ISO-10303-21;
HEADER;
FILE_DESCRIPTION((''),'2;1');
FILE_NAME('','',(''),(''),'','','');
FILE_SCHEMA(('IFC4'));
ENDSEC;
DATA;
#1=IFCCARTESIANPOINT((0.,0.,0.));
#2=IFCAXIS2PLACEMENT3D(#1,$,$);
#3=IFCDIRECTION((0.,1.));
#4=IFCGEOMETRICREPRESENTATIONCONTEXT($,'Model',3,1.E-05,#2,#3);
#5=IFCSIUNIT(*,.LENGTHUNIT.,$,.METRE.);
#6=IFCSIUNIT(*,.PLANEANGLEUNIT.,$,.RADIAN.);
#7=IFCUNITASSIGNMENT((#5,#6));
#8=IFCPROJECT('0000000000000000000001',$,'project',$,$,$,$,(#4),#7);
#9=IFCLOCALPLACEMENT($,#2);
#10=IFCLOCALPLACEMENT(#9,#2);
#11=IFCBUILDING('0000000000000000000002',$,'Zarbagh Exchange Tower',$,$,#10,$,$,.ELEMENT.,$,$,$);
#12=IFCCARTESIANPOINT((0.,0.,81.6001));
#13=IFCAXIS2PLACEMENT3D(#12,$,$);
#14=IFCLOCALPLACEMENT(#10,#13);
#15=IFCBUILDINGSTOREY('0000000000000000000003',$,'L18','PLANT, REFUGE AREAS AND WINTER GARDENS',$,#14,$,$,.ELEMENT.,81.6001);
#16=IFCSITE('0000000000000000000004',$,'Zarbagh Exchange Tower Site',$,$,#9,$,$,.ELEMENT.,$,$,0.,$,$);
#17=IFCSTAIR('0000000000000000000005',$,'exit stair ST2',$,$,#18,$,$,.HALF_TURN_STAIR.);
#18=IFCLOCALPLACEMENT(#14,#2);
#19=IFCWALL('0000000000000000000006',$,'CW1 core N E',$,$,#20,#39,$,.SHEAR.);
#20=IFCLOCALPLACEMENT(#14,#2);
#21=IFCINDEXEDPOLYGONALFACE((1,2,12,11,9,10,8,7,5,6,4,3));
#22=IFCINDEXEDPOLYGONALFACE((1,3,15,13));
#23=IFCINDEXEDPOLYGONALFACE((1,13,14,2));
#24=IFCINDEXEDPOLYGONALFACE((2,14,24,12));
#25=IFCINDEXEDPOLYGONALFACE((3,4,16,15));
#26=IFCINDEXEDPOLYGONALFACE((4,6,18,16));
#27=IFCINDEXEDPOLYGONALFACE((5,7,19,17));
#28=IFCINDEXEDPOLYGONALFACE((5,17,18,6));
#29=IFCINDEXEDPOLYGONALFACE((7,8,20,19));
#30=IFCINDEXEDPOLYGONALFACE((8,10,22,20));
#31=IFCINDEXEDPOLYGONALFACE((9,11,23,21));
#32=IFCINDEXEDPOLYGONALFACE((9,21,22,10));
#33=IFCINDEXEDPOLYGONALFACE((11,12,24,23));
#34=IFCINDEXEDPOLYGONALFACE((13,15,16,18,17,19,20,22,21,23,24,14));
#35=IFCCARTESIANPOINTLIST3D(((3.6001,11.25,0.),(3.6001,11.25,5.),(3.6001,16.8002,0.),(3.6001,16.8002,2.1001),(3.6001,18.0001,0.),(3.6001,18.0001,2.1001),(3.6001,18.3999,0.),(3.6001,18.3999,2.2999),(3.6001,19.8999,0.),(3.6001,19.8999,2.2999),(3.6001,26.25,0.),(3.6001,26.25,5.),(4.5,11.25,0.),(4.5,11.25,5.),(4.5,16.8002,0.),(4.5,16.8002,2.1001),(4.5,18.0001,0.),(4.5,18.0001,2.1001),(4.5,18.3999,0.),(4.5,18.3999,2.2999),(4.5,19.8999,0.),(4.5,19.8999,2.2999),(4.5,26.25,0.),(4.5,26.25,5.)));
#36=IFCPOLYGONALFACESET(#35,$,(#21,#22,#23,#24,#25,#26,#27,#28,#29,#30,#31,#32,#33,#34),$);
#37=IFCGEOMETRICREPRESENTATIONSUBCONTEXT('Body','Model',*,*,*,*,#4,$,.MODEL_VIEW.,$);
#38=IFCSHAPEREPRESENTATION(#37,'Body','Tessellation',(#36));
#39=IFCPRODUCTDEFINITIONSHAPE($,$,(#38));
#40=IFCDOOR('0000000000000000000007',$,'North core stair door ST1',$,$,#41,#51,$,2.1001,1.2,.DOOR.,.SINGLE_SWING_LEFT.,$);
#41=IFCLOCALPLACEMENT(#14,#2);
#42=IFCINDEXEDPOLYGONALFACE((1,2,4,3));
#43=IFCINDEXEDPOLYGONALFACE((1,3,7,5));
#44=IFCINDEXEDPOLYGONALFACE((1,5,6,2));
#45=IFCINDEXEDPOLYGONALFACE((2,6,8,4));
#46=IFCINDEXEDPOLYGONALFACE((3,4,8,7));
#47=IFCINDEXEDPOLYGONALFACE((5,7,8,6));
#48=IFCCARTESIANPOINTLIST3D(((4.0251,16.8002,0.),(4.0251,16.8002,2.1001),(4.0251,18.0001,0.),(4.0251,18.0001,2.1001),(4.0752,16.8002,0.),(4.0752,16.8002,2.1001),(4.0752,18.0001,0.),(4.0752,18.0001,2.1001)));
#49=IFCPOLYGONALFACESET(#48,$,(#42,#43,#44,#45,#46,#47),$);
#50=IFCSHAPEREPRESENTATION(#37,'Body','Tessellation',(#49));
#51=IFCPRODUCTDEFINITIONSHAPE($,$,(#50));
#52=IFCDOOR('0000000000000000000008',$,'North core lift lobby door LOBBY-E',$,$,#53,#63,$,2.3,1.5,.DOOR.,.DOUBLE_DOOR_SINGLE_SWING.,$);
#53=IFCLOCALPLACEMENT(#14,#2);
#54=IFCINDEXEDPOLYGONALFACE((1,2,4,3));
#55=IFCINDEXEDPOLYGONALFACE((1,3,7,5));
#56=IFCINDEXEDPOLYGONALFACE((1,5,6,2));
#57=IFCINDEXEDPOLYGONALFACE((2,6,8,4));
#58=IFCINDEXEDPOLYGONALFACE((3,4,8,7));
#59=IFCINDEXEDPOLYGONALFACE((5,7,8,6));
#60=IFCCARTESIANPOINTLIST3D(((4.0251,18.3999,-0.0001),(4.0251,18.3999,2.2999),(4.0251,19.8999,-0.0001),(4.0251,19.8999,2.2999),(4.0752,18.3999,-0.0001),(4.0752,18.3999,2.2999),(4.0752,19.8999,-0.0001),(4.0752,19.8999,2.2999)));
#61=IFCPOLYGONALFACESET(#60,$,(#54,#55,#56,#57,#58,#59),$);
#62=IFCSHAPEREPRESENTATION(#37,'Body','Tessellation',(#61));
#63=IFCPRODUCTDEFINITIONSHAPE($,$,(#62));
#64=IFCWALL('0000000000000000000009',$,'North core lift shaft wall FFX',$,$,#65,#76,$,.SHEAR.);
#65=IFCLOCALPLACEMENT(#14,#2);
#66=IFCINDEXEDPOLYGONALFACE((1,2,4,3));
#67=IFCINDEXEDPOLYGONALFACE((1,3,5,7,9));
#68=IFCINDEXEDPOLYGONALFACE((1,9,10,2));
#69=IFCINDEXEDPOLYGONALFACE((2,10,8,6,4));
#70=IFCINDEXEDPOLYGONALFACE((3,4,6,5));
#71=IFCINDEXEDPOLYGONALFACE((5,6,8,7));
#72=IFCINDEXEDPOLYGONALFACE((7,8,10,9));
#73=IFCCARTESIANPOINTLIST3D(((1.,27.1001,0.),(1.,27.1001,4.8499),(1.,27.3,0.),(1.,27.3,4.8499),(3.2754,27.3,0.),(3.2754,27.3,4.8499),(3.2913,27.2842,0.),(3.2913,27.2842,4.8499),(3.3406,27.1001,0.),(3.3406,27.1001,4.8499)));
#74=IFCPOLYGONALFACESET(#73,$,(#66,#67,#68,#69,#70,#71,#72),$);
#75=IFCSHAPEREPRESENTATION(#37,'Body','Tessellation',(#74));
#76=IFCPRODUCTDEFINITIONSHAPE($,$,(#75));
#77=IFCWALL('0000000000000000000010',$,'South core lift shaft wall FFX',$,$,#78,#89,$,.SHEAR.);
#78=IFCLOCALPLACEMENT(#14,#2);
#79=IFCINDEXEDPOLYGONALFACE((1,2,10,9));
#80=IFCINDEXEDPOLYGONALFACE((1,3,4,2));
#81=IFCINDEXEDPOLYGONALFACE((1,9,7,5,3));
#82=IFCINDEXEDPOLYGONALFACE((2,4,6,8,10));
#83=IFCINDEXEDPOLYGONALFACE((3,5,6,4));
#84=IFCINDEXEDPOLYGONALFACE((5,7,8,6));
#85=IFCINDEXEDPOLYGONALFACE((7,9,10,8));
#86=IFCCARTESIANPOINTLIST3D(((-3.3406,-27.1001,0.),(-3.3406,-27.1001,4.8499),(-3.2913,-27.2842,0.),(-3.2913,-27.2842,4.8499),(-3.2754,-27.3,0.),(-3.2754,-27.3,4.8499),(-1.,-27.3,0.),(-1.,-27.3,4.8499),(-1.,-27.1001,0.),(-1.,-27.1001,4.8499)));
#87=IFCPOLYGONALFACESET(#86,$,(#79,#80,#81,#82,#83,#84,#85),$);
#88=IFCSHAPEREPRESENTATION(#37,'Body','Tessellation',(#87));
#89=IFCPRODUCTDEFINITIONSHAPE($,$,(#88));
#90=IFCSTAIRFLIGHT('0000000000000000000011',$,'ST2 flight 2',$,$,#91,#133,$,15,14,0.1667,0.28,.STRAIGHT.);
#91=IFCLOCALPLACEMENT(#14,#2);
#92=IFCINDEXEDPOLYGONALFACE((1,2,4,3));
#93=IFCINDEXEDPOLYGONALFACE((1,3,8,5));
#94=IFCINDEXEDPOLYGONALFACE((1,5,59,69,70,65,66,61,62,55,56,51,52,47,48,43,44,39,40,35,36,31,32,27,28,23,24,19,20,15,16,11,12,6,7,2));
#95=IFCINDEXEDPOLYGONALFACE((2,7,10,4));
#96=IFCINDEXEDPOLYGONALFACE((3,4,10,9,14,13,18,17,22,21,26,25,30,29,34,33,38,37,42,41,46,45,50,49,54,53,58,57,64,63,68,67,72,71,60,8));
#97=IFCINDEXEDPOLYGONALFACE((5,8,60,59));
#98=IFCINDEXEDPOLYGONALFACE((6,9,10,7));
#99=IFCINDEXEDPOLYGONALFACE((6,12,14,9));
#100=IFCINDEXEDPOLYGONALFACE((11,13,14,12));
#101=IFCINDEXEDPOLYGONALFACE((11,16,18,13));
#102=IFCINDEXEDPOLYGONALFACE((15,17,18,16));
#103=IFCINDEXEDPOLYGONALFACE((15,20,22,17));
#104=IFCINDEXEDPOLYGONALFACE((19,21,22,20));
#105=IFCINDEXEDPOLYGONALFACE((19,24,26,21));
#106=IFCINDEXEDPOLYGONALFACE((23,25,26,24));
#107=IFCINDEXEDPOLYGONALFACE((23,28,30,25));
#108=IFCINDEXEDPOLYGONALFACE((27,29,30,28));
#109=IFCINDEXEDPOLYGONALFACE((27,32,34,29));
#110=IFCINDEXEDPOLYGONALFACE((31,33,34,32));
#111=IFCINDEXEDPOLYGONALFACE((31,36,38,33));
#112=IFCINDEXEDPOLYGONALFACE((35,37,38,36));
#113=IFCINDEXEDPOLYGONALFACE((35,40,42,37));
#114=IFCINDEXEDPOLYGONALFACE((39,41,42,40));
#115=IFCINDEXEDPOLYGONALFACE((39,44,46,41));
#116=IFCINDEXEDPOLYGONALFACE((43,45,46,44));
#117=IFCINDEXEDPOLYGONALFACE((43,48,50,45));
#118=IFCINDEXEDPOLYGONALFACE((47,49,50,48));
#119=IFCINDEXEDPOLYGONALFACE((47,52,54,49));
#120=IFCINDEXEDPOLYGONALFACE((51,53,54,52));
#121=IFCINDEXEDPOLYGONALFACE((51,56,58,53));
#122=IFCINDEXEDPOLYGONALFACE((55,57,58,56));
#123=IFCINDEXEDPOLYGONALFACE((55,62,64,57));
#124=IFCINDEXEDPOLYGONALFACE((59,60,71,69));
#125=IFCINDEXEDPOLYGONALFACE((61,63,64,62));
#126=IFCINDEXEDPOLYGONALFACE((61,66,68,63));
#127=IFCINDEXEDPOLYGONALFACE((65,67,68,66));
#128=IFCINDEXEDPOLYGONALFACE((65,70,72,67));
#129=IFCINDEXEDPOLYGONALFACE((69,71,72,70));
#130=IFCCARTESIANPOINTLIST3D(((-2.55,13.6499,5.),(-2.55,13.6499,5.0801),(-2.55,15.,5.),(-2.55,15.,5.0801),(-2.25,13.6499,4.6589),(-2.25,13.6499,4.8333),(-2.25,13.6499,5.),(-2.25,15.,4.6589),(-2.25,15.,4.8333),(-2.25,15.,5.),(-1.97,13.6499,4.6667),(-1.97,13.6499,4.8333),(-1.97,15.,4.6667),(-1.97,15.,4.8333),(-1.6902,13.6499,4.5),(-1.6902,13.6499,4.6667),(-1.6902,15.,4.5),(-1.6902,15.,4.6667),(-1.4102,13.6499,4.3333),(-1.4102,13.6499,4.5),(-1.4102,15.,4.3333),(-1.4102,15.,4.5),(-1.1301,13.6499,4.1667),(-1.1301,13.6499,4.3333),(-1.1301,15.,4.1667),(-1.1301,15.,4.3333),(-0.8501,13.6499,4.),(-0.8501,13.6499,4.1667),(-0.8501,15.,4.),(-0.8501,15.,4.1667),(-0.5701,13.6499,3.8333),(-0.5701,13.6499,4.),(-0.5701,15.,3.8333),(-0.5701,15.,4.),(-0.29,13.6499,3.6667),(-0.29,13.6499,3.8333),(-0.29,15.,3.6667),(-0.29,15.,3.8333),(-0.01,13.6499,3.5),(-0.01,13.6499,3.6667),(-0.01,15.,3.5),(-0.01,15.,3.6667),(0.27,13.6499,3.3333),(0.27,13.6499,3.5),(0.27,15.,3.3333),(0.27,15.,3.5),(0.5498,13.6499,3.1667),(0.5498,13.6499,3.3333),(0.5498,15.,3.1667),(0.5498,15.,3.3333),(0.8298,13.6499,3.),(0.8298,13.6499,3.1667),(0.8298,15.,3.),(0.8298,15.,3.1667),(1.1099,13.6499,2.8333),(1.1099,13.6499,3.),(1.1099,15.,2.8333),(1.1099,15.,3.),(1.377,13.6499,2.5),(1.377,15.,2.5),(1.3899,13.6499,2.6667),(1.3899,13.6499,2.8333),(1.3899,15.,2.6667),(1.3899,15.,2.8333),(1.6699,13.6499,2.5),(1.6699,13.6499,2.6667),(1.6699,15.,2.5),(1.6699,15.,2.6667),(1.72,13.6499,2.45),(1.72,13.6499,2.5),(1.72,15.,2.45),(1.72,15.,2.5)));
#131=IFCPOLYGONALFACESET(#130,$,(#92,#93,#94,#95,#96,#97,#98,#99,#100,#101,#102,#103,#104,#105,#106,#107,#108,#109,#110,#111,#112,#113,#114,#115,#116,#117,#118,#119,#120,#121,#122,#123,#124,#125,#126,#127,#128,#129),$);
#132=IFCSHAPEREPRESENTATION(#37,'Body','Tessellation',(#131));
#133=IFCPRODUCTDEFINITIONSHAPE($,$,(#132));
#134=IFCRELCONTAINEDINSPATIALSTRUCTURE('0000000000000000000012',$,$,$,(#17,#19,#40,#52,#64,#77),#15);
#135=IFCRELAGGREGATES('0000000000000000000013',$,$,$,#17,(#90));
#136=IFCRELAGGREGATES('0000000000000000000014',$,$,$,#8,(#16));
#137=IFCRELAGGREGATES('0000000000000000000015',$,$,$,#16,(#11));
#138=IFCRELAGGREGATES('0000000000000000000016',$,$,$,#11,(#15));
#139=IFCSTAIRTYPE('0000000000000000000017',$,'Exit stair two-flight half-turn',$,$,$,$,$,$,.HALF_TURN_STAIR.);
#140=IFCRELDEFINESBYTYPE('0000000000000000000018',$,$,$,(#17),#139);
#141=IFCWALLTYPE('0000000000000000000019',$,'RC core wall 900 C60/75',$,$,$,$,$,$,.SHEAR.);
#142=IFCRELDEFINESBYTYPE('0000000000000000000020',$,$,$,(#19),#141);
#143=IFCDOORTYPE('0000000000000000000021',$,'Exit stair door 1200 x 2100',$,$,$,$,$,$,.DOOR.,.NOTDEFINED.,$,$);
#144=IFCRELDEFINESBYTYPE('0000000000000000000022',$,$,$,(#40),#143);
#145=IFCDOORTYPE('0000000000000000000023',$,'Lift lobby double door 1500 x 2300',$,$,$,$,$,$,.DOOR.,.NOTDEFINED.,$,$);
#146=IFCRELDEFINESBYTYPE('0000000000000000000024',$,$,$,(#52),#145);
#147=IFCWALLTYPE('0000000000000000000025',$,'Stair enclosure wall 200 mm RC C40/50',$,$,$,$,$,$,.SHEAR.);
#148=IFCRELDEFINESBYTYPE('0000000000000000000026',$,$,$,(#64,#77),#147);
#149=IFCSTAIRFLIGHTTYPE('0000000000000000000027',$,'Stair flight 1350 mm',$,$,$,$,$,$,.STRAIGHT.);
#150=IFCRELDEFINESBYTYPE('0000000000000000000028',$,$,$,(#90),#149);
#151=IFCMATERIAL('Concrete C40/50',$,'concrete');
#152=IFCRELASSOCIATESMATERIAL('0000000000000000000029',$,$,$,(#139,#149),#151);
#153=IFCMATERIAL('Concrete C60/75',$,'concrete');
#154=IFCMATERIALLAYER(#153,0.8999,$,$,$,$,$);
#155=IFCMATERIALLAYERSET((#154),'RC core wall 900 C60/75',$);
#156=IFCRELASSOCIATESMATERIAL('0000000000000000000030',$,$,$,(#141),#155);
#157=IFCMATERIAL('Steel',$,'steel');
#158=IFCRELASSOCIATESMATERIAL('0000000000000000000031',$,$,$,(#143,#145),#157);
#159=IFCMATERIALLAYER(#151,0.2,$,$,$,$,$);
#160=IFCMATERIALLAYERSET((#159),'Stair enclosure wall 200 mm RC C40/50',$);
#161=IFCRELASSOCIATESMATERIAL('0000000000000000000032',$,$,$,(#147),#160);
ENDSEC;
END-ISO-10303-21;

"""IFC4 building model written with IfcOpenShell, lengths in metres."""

from ifc_helpers import new_model, si_unit, direction, frame, frame_2d, origin, place, context, subcontext, project, spatial, polyline, rectangle, outline, extrude, material, layer, layer_set, type_object, element, fill, aggregate, save


model = new_model("IFC4")

# Units and contexts
model_context = context("Model", 3, precision=1e-05, world=origin(), true_north=direction((0.0, 1.0)))
body_context = subcontext(model_context, "Body", "Model", "MODEL_VIEW")
ifc_project = project(units=[si_unit("LENGTHUNIT", "METRE"), si_unit("PLANEANGLEUNIT", "RADIAN")], contexts=[model_context])

# Site, building, storey
site_placement = place(None, origin())
site = spatial("IfcSite", under=ifc_project, at=site_placement, Name="Zarbagh Exchange Tower Site", CompositionType="ELEMENT", RefElevation=0.0)
building_placement = place(site_placement, origin())
building = spatial("IfcBuilding", under=site, at=building_placement, Name="Zarbagh Exchange Tower", CompositionType="ELEMENT")
storey_placement = place(building_placement, frame((0.0, 0.0, 81.6001)))
storey = spatial("IfcBuildingStorey", under=building, at=storey_placement, Name="L18", Description="PLANT, REFUGE AREAS AND WINTER GARDENS", CompositionType="ELEMENT", Elevation=81.6001)

# Shared definitions
ifc_material_1 = material(Name="Concrete C60/75", Category="concrete")

# Stair
ifc_material_2 = material(Name="Concrete C40/50", Category="concrete")
stair_type = type_object("IfcStairType", Name="Exit stair two-flight half-turn", PredefinedType="HALF_TURN_STAIR", material=ifc_material_2)
stair_1_placement = place(storey_placement, origin())
stair_1 = element("IfcStair", 1, at=stair_1_placement, inside=storey, type_object=stair_type, Name="exit stair ST2", PredefinedType="HALF_TURN_STAIR")

# Wall, openings, doors
ifc_layer_1 = layer(ifc_material_1, 0.8999)
ifc_layer_set_1 = layer_set([ifc_layer_1], Name="RC core wall 900 C60/75")
wall_type_1 = type_object("IfcWallType", Name="RC core wall 900 C60/75", PredefinedType="SHEAR", material=ifc_layer_set_1)
wall_1_placement = place(storey_placement, frame((4.05, 11.25, 0.0), z_axis=(0.0, 0.0, 1.0), x_axis=(0.0, 1.0, 0.0)))
wall_1 = element("IfcWall", 2, at=wall_1_placement, inside=storey, type_object=wall_type_1, Name="CW1 core N E", PredefinedType="SHEAR", context=body_context, shape_type="SweptSolid", body=[
    extrude(rectangle(XDim=15.0, YDim=0.8999, at=frame_2d((7.5, 0.0))), origin(), (0.0, 0.0, 1.0), 5.0),
])
opening_1_placement = place(wall_1_placement, frame((7.1499, 0.0, 0.0)))
opening_1 = element("IfcOpeningElement", 3, at=opening_1_placement, cuts=wall_1, PredefinedType="OPENING", context=body_context, shape_type="SweptSolid", body=[
    extrude(rectangle(XDim=1.5, YDim=2.3, at=frame_2d((0.75, 1.1499))), frame((0.0, 0.46, 0.0), z_axis=(0.0, -1.0, 0.0), x_axis=(1.0, 0.0, 0.0)), (0.0, 0.0, 1.0), 0.9199),
])
opening_2_placement = place(wall_1_placement, frame((5.55, 0.0, 0.0)))
opening_2 = element("IfcOpeningElement", 4, at=opening_2_placement, cuts=wall_1, PredefinedType="OPENING", context=body_context, shape_type="SweptSolid", body=[
    extrude(rectangle(XDim=1.2, YDim=2.1001, at=frame_2d((0.6001, 1.05))), frame((0.0, 0.46, 0.0), z_axis=(0.0, -1.0, 0.0), x_axis=(1.0, 0.0, 0.0)), (0.0, 0.0, 1.0), 0.9199),
])
ifc_material_3 = material(Name="Steel", Category="steel")
door_type_1 = type_object("IfcDoorType", Name="Exit stair door 1200 x 2100", OperationType="NOTDEFINED", PredefinedType="DOOR", material=ifc_material_3)
door_1_placement = place(opening_2_placement, origin())
door_1 = element("IfcDoor", 5, at=door_1_placement, inside=storey, type_object=door_type_1, Name="North core stair door ST1", OperationType="SINGLE_SWING_LEFT", OverallHeight=2.1001, OverallWidth=1.2, PredefinedType="DOOR", context=body_context, shape_type="SweptSolid", body=[
    extrude(rectangle(XDim=1.2, YDim=2.1001, at=frame_2d((0.6001, 1.05))), frame((0.0, 0.0249, 0.0), z_axis=(0.0, -1.0, 0.0), x_axis=(1.0, 0.0, 0.0)), (0.0, 0.0, 1.0), 0.05),
])
fill(opening_2, door_1)
door_type_2 = type_object("IfcDoorType", Name="Lift lobby double door 1500 x 2300", OperationType="NOTDEFINED", PredefinedType="DOOR", material=ifc_material_3)
door_2_placement = place(opening_1_placement, origin())
door_2 = element("IfcDoor", 6, at=door_2_placement, inside=storey, type_object=door_type_2, Name="North core lift lobby door LOBBY-E", OperationType="DOUBLE_DOOR_SINGLE_SWING", OverallHeight=2.3, OverallWidth=1.5, PredefinedType="DOOR", context=body_context, shape_type="SweptSolid", body=[
    extrude(rectangle(XDim=1.5, YDim=2.3, at=frame_2d((0.75, 1.1499))), frame((0.0, 0.0249, 0.0), z_axis=(0.0, -1.0, 0.0), x_axis=(1.0, 0.0, 0.0)), (0.0, 0.0, 1.0), 0.05),
])
fill(opening_1, door_2)

# Walls
ifc_layer_2 = layer(ifc_material_2, 0.2)
ifc_layer_set_2 = layer_set([ifc_layer_2], Name="Stair enclosure wall 200 mm RC C40/50")
wall_type_2 = type_object("IfcWallType", Name="Stair enclosure wall 200 mm RC C40/50", PredefinedType="SHEAR", material=ifc_layer_set_2)
wall_2_placement = place(storey_placement, origin())
element("IfcWall", 7, at=wall_2_placement, inside=storey, type_object=wall_type_2, Name="North core lift shaft wall FFX", PredefinedType="SHEAR", context=body_context, shape_type="SweptSolid", body=[
    extrude(outline(polyline([(1.0, 27.1001), (3.3406, 27.1001), (3.2913, 27.2842), (3.2754, 27.3), (1.0, 27.3), (1.0, 27.1001)])), origin(), (0.0, 0.0, 1.0), 4.8499),
])
wall_3_placement = place(storey_placement, origin())
element("IfcWall", 8, at=wall_3_placement, inside=storey, type_object=wall_type_2, Name="South core lift shaft wall FFX", PredefinedType="SHEAR", context=body_context, shape_type="SweptSolid", body=[
    extrude(outline(polyline([(-1.0, -27.1001), (-3.3406, -27.1001), (-3.2913, -27.2842), (-3.2754, -27.3), (-1.0, -27.3), (-1.0, -27.1001)])), origin(), (0.0, 0.0, 1.0), 4.8499),
])

# Stair flight
stair_flight_type = type_object("IfcStairFlightType", Name="Stair flight 1350 mm", PredefinedType="STRAIGHT", material=ifc_material_2)
stair_flight_placement = place(storey_placement, frame((1.6699, 14.325, 2.5), z_axis=(0.0, 0.0, 1.0), x_axis=(-1.0, 0.0, 0.0)))
stair_flight = element("IfcStairFlight", 9, at=stair_flight_placement, type_object=stair_flight_type, Name="ST2 flight 2", NumberOfRisers=15, NumberOfTreads=14, PredefinedType="STRAIGHT", RiserHeight=0.1667, TreadLength=0.28, context=body_context, shape_type="SweptSolid", body=[
    extrude(outline(polyline([(-0.05, -0.05), (-0.05, 0.0), (0.0, 0.0), (0.0, 0.1667), (0.28, 0.1667), (0.28, 0.3333), (0.5601, 0.3333), (0.5601, 0.5), (0.8401, 0.5), (0.8401, 0.6667), (1.1201, 0.6667), (1.1201, 0.8333), (1.3999, 0.8333), (1.3999, 1.0), (1.6799, 1.0), (1.6799, 1.1667), (1.96, 1.1667), (1.96, 1.3333), (2.24, 1.3333), (2.24, 1.5), (2.52, 1.5), (2.52, 1.6667), (2.8, 1.6667), (2.8, 1.8333), (3.0801, 1.8333), (3.0801, 2.0), (3.3601, 2.0), (3.3601, 2.1667), (3.6399, 2.1667), (3.6399, 2.3333), (3.9199, 2.3333), (3.9199, 2.5), (4.22, 2.5801), (4.22, 2.5), (3.9199, 2.1589), (0.293, 0.0), (-0.05, -0.05)])), frame((0.0, 0.675, 0.0), z_axis=(0.0, -1.0, 0.0), x_axis=(1.0, 0.0, 0.0)), (0.0, 0.0, 1.0), 1.3501),
])
aggregate(stair_1, [stair_flight])

save(model, "model.ifc")
